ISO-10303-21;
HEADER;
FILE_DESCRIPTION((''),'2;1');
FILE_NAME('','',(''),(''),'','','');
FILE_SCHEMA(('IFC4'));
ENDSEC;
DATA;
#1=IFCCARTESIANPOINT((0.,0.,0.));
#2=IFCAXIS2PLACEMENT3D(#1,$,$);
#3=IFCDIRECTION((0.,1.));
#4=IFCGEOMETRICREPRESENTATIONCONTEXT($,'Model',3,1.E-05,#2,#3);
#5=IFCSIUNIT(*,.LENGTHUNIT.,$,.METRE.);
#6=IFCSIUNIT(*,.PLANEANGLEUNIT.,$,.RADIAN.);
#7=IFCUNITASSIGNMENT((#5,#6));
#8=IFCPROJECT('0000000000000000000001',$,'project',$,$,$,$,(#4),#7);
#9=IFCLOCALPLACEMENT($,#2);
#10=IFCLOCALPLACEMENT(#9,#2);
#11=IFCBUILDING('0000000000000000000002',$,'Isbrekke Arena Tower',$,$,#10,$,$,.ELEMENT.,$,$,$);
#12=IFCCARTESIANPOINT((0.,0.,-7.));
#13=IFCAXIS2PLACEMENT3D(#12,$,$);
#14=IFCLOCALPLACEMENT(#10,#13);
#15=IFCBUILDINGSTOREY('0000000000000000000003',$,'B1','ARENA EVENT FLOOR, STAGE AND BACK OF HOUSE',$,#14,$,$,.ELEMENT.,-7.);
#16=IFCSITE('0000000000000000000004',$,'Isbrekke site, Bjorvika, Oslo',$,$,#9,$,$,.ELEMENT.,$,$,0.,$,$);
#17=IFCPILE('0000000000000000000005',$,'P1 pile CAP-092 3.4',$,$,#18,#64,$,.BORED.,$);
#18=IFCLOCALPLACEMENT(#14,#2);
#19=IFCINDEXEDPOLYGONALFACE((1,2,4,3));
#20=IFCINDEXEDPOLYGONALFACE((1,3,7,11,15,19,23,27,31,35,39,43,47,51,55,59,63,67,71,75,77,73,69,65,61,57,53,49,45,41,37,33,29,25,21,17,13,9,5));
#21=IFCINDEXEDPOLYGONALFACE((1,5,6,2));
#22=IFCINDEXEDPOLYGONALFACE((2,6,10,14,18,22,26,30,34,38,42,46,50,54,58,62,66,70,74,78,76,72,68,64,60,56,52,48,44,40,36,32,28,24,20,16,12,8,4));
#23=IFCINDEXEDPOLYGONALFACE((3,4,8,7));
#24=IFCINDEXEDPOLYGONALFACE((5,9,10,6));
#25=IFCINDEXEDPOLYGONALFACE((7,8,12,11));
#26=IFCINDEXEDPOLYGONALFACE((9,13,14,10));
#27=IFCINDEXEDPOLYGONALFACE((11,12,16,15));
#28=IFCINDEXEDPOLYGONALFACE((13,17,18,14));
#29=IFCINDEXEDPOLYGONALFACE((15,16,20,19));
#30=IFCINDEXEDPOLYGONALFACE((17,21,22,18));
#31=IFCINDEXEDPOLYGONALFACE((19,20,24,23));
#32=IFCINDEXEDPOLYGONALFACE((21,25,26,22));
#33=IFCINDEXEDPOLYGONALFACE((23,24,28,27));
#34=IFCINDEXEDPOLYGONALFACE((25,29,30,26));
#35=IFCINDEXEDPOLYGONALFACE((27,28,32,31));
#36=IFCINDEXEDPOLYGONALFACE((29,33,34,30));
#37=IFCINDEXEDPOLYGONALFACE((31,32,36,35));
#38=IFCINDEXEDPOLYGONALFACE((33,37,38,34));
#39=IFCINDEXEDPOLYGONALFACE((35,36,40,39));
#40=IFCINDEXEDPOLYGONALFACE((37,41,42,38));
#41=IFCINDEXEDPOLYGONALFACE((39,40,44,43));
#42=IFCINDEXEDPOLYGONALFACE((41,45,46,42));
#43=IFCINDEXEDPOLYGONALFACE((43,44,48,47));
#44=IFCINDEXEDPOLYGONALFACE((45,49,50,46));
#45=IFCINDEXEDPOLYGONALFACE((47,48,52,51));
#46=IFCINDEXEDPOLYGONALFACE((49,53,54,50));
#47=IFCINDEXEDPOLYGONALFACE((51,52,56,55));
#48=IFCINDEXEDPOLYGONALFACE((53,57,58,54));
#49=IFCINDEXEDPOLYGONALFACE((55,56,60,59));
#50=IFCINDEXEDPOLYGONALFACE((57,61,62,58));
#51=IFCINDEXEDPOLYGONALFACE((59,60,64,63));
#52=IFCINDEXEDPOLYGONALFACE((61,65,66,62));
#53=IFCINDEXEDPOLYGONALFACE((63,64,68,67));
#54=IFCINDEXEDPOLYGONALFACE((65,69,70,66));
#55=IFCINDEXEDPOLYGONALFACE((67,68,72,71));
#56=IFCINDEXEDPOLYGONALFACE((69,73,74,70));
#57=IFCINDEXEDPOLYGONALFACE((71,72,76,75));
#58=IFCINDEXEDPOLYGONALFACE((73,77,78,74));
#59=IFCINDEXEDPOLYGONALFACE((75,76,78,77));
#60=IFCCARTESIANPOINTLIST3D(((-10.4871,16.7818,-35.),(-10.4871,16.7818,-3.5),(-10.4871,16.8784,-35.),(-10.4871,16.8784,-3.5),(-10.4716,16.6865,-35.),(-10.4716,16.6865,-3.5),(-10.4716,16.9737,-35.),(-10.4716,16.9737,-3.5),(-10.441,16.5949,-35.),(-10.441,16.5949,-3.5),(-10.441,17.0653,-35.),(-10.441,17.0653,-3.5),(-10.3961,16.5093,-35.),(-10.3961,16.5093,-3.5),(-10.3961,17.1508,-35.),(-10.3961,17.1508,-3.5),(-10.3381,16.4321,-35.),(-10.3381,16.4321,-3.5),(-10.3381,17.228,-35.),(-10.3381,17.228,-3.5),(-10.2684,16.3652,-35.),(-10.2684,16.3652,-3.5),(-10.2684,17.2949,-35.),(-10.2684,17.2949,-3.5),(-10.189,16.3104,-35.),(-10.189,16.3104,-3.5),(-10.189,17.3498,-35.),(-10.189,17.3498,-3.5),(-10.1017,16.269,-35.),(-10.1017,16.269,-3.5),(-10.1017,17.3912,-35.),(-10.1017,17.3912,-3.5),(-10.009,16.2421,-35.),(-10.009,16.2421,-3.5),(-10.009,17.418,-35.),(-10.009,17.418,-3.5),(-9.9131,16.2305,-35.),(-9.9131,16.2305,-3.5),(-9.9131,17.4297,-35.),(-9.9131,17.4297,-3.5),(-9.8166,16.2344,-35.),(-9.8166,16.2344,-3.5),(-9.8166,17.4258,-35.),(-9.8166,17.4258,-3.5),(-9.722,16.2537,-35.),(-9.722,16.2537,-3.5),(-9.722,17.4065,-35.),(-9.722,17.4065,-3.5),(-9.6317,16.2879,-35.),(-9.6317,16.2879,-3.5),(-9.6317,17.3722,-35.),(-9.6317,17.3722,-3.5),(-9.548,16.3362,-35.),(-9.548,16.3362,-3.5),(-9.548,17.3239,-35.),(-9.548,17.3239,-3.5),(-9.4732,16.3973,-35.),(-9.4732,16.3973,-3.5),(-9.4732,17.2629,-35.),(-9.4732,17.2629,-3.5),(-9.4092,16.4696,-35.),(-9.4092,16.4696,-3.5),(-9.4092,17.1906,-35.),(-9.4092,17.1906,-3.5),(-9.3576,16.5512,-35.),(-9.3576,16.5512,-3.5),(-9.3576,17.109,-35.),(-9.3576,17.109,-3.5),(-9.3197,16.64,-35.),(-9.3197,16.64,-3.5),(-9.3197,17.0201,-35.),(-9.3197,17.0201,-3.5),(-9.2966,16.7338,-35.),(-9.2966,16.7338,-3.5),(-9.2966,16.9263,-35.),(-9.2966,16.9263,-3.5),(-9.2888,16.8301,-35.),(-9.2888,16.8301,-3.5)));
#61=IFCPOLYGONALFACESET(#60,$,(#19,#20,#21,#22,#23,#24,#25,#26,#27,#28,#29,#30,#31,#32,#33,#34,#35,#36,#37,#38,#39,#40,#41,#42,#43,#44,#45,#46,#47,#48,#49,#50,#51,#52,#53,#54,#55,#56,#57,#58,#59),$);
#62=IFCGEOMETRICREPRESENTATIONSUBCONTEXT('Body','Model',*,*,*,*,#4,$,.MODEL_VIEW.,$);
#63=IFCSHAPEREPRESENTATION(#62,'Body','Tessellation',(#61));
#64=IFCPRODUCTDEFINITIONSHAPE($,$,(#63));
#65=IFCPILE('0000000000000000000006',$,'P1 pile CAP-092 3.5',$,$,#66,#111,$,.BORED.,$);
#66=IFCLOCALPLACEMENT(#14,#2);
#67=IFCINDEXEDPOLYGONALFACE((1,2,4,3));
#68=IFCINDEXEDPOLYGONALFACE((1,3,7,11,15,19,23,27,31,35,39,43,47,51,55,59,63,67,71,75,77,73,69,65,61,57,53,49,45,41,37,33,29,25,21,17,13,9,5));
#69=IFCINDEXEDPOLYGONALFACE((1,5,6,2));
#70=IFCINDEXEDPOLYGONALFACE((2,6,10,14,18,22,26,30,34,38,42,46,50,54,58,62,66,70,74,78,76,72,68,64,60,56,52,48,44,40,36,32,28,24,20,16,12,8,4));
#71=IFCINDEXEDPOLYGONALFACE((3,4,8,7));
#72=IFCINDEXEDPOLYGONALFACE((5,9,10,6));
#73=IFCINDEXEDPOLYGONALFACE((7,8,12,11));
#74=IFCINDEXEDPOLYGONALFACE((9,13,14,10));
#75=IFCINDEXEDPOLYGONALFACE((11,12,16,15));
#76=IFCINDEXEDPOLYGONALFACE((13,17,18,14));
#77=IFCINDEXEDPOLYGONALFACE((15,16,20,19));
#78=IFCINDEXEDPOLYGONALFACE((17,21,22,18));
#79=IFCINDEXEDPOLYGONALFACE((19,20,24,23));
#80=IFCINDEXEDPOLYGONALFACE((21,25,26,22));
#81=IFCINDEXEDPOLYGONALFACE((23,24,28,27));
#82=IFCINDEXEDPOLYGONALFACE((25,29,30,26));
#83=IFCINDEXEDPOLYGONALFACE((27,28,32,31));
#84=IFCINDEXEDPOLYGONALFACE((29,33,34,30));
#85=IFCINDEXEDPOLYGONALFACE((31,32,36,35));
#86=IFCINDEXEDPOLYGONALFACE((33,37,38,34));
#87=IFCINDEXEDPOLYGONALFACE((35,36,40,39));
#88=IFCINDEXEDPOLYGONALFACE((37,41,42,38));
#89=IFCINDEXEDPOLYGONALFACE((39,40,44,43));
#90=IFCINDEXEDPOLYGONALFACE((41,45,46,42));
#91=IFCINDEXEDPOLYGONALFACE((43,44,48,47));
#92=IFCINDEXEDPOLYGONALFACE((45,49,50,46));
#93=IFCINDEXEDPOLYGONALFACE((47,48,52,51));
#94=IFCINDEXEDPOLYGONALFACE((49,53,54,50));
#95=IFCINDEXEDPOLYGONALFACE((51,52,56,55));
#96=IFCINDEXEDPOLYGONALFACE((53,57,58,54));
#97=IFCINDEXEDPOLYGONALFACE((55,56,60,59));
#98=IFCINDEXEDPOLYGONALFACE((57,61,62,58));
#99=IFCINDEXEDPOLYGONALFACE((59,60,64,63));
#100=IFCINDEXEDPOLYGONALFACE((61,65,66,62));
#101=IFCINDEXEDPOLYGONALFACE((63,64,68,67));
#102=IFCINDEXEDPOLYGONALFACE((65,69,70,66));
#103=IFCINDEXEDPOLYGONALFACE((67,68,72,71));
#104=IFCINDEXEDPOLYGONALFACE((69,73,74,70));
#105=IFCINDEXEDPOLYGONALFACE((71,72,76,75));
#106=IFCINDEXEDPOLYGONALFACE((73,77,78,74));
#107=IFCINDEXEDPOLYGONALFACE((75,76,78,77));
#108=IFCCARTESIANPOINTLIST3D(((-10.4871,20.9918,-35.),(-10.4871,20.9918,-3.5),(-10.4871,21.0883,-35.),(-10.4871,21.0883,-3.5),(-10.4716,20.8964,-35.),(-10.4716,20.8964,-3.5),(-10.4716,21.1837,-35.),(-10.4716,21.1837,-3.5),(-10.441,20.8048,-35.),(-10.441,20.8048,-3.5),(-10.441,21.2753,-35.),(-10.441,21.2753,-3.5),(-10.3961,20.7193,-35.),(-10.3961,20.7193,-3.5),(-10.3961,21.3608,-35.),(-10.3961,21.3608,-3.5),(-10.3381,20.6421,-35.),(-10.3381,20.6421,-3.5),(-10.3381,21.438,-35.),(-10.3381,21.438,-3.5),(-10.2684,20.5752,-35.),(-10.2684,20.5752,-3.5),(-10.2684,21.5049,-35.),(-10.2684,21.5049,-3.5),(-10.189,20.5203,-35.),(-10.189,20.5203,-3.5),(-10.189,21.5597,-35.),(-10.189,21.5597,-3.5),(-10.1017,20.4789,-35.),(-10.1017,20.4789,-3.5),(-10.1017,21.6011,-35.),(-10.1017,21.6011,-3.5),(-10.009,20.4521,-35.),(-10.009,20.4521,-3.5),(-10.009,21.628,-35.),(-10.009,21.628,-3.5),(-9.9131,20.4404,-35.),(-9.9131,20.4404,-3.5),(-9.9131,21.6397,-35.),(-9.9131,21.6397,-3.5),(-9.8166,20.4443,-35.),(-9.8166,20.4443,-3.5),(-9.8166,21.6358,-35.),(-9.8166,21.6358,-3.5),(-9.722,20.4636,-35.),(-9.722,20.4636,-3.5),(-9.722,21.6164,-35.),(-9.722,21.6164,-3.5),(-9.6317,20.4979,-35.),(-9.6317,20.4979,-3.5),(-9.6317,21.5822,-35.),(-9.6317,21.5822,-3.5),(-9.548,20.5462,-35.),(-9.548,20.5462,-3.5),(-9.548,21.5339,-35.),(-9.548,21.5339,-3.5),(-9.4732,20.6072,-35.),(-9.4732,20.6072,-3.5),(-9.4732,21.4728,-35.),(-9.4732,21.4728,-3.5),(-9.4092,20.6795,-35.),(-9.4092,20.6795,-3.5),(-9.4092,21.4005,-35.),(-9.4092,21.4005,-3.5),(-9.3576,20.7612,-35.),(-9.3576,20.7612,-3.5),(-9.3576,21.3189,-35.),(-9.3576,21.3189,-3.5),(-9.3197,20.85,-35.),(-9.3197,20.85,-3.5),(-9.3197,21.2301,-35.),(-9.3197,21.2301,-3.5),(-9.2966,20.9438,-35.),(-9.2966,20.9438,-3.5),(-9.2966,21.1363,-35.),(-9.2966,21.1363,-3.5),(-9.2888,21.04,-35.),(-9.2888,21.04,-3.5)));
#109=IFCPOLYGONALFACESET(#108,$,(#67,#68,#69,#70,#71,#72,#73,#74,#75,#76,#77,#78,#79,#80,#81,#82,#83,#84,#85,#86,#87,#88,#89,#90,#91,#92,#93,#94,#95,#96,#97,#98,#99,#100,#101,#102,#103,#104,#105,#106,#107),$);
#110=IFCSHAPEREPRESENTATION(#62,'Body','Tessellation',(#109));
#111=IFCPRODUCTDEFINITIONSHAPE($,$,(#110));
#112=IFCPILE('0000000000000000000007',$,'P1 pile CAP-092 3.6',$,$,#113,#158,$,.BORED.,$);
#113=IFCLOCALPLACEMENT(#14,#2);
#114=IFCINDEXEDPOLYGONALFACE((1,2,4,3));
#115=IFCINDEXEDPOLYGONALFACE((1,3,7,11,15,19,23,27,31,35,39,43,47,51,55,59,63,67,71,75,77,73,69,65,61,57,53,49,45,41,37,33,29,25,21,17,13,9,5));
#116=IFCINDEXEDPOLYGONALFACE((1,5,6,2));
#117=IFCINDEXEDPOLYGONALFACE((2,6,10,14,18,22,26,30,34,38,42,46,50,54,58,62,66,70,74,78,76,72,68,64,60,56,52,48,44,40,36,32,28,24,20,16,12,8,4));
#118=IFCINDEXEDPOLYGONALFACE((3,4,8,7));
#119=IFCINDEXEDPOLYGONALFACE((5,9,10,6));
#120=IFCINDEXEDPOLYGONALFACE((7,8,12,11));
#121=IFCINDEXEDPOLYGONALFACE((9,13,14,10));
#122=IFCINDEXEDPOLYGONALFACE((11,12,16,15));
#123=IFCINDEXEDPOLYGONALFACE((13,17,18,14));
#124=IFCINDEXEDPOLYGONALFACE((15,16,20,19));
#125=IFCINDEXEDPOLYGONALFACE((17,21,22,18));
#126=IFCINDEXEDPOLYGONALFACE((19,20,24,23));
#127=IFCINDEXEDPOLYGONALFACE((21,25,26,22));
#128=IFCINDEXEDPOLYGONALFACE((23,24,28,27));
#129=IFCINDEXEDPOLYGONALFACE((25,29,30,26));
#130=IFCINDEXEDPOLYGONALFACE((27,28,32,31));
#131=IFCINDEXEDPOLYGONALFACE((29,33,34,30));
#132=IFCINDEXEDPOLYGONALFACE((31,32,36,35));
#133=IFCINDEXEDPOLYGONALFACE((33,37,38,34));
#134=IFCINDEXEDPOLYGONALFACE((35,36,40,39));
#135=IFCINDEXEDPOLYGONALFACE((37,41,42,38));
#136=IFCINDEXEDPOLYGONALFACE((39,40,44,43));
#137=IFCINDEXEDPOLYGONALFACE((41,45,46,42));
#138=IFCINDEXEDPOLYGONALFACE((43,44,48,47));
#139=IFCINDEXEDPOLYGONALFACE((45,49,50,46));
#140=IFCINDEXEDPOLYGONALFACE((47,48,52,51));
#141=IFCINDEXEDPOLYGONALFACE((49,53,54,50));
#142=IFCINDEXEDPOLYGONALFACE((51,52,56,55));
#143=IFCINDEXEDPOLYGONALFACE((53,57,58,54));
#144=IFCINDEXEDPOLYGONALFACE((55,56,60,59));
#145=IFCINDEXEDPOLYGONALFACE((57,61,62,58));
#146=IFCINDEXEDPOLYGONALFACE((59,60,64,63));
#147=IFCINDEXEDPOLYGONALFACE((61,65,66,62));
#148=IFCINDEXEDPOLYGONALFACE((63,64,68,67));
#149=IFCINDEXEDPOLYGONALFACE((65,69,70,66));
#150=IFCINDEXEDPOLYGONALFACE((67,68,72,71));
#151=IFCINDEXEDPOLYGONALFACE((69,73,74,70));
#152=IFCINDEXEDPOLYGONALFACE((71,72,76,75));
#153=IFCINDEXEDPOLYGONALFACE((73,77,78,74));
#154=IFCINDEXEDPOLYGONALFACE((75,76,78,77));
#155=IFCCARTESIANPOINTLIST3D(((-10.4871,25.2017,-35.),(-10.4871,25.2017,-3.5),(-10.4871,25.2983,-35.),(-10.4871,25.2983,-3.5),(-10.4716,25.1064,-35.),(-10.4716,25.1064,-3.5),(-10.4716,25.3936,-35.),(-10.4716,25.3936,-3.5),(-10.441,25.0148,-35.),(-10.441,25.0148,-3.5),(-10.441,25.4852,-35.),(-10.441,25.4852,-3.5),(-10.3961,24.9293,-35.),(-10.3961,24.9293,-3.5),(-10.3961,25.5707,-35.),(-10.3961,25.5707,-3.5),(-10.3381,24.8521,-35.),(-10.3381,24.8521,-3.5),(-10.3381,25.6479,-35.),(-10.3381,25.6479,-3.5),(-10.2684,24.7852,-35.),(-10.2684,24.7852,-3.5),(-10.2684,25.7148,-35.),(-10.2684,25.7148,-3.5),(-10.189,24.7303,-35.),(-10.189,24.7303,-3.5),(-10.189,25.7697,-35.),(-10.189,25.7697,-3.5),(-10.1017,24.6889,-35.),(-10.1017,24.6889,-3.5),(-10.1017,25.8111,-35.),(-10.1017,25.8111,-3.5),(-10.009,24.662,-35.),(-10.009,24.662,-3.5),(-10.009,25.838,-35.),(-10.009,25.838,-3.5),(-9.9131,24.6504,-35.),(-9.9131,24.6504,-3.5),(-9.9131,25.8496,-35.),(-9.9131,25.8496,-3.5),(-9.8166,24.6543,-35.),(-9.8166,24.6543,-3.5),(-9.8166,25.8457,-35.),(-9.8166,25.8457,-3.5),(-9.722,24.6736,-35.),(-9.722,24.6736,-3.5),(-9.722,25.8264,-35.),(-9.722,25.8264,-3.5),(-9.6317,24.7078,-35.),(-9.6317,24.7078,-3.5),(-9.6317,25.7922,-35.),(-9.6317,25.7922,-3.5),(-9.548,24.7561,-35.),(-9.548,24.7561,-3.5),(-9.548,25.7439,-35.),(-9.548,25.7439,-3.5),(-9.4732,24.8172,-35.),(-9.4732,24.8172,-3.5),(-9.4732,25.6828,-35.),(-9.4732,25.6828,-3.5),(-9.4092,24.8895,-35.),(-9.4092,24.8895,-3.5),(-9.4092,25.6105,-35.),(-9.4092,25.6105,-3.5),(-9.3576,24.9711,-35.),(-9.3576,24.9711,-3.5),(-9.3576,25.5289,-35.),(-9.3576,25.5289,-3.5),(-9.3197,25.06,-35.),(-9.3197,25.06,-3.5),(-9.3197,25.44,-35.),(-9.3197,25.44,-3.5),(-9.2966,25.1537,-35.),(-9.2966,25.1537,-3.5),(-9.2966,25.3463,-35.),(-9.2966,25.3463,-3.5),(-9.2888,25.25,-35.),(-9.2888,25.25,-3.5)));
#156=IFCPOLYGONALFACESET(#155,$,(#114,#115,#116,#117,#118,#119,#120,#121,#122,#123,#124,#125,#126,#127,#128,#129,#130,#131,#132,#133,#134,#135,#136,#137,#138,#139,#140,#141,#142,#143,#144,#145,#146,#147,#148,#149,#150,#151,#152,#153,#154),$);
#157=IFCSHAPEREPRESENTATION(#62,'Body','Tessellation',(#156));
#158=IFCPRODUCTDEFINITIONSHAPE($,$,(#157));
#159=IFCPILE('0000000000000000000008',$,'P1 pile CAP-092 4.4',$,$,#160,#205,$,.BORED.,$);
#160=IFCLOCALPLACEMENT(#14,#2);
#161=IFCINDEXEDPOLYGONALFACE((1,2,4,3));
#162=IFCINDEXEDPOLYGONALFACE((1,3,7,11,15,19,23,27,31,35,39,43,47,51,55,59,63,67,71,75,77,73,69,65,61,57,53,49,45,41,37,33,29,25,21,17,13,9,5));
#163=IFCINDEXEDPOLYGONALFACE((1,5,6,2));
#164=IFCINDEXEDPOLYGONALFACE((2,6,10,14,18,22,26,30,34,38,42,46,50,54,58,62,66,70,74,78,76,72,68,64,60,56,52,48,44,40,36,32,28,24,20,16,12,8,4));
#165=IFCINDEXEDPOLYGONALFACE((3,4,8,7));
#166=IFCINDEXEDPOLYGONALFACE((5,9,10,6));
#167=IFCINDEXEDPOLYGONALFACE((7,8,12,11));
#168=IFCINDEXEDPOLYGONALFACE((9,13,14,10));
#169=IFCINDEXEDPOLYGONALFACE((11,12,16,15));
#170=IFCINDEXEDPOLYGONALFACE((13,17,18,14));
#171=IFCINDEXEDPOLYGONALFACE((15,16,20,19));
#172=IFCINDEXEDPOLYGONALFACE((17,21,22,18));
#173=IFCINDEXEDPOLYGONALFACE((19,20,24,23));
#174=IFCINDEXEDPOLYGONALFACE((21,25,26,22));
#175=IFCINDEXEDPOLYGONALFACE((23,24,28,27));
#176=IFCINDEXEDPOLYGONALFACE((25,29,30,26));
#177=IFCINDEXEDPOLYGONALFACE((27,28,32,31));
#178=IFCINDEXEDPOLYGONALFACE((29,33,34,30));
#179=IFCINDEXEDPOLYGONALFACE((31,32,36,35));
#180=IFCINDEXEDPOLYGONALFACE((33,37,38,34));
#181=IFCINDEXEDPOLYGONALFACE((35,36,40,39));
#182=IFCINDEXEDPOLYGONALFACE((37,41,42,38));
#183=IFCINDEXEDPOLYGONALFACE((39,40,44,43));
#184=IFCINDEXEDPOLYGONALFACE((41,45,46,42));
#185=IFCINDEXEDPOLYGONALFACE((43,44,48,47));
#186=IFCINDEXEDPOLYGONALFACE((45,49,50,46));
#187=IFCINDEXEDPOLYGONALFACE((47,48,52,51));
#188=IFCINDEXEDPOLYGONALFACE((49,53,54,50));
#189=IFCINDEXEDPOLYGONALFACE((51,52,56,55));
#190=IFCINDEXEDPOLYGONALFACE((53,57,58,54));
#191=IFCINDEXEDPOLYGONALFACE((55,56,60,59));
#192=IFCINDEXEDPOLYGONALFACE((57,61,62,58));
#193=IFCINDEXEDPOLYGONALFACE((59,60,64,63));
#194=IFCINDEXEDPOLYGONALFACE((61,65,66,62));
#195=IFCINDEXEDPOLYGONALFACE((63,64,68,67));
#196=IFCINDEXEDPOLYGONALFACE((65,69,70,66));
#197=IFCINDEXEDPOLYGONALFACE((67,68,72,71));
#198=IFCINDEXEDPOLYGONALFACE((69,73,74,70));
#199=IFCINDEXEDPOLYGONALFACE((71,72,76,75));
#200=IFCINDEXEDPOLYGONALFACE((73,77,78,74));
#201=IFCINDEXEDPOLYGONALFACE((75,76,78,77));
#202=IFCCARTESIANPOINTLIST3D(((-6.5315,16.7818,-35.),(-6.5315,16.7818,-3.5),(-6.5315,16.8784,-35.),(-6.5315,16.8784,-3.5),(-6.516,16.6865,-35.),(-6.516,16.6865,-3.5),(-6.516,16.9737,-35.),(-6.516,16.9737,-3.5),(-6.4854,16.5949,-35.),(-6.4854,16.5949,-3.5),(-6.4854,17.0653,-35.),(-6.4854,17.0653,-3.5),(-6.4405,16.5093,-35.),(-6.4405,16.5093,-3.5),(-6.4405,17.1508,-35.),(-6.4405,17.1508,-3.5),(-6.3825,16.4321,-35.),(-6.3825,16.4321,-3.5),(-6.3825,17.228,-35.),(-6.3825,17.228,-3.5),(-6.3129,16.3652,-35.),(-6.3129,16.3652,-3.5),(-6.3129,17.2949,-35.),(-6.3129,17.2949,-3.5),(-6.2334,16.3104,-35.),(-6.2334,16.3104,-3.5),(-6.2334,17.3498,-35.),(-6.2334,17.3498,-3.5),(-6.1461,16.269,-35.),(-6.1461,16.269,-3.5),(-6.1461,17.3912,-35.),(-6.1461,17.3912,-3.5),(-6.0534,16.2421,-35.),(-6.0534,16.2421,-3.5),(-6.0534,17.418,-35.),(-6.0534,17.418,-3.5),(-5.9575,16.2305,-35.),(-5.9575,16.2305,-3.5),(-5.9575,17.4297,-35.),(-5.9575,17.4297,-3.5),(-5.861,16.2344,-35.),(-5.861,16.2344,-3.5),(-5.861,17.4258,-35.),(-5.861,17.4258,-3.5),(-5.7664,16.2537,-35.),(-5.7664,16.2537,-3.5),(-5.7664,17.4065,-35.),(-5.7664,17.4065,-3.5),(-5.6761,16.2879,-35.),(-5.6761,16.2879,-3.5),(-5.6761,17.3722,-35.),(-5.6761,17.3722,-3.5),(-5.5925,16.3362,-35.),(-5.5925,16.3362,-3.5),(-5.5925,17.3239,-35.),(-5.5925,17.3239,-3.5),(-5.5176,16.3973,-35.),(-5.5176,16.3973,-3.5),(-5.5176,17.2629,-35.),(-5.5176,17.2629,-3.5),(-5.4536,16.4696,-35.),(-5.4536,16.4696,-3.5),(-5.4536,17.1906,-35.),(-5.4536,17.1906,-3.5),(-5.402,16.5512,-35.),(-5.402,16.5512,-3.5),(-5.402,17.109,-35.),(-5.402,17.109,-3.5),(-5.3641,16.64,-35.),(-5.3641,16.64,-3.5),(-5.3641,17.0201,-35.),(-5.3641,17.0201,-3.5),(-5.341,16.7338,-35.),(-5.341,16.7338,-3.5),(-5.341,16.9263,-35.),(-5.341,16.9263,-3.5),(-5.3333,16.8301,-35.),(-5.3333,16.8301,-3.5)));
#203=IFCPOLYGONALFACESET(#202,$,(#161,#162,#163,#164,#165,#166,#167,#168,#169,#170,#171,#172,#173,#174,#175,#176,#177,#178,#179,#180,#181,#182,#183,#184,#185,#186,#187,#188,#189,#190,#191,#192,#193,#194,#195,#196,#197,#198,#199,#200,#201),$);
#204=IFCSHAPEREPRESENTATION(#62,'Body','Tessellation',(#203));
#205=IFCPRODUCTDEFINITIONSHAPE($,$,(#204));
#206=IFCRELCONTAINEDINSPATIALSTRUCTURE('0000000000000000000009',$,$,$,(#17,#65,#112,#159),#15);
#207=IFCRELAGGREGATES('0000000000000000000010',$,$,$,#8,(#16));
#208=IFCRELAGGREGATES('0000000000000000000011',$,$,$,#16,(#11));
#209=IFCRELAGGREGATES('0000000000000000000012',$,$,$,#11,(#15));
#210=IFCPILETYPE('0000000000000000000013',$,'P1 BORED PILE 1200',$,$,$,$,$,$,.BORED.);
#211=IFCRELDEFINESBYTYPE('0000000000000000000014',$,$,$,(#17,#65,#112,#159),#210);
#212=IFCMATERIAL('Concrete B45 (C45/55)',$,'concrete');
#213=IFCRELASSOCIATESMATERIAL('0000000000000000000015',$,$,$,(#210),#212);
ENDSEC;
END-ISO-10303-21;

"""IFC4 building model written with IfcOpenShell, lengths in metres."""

from ifc_helpers import new_model, si_unit, direction, frame, origin, origin_2d, place, context, subcontext, project, spatial, circle, extrude, material, material_profile, profile_set, type_object, element, save


model = new_model("IFC4")

# Units and contexts
model_context = context("Model", 3, precision=1e-05, world=origin(), true_north=direction((0.0, 1.0)))
body_context = subcontext(model_context, "Body", "Model", "MODEL_VIEW")
ifc_project = project(units=[si_unit("LENGTHUNIT", "METRE"), si_unit("PLANEANGLEUNIT", "RADIAN")], contexts=[model_context])

# Site, building, storey
site_placement = place(None, origin())
site = spatial("IfcSite", under=ifc_project, at=site_placement, Name="Isbrekke site, Bjorvika, Oslo", CompositionType="ELEMENT", RefElevation=0.0)
building_placement = place(site_placement, origin())
building = spatial("IfcBuilding", under=site, at=building_placement, Name="Isbrekke Arena Tower", CompositionType="ELEMENT")
storey_placement = place(building_placement, frame((0.0, 0.0, -7.0)))
storey = spatial("IfcBuildingStorey", under=building, at=storey_placement, Name="B1", Description="ARENA EVENT FLOOR, STAGE AND BACK OF HOUSE", CompositionType="ELEMENT", Elevation=-7.0)

# Piles
ifc_material_1 = material(Name="Concrete B45 (C45/55)", Category="concrete")
ifc_material_profile = material_profile(ifc_material_1, circle(Radius=0.6001, at=origin_2d()), Name="BORED PILE D1200")
ifc_profile_set = profile_set([ifc_material_profile], Name="Concrete B45 (C45/55)")
pile_type = type_object("IfcPileType", Name="P1 BORED PILE 1200", PredefinedType="BORED", material=ifc_profile_set)
for number, where, z_axis, x_axis, name in (
    (1, (-9.8889, 16.8301, -3.5), (0.0, 0.0, -1.0), (1.0, 0.0, 0.0), "P1 pile CAP-092 3.4"),
    (2, (-9.8889, 21.04, -3.5), (0.0, 0.0, -1.0), (1.0, 0.0, 0.0), "P1 pile CAP-092 3.5"),
    (3, (-9.8889, 25.25, -3.5), (0.0, 0.0, -1.0), (1.0, 0.0, 0.0), "P1 pile CAP-092 3.6"),
    (4, (-5.9333, 16.8301, -3.5), (0.0, 0.0, -1.0), (1.0, 0.0, 0.0), "P1 pile CAP-092 4.4"),
):
    element("IfcPile", number, at=place(storey_placement, frame(where, z_axis=z_axis, x_axis=x_axis)), inside=storey, type_object=pile_type, Name=name, PredefinedType="BORED", context=body_context, shape_type="SweptSolid", body=[
        extrude(circle(Radius=0.6001, at=origin_2d()), origin(), (0.0, 0.0, 1.0), 31.5),
    ])

save(model, "model.ifc")
